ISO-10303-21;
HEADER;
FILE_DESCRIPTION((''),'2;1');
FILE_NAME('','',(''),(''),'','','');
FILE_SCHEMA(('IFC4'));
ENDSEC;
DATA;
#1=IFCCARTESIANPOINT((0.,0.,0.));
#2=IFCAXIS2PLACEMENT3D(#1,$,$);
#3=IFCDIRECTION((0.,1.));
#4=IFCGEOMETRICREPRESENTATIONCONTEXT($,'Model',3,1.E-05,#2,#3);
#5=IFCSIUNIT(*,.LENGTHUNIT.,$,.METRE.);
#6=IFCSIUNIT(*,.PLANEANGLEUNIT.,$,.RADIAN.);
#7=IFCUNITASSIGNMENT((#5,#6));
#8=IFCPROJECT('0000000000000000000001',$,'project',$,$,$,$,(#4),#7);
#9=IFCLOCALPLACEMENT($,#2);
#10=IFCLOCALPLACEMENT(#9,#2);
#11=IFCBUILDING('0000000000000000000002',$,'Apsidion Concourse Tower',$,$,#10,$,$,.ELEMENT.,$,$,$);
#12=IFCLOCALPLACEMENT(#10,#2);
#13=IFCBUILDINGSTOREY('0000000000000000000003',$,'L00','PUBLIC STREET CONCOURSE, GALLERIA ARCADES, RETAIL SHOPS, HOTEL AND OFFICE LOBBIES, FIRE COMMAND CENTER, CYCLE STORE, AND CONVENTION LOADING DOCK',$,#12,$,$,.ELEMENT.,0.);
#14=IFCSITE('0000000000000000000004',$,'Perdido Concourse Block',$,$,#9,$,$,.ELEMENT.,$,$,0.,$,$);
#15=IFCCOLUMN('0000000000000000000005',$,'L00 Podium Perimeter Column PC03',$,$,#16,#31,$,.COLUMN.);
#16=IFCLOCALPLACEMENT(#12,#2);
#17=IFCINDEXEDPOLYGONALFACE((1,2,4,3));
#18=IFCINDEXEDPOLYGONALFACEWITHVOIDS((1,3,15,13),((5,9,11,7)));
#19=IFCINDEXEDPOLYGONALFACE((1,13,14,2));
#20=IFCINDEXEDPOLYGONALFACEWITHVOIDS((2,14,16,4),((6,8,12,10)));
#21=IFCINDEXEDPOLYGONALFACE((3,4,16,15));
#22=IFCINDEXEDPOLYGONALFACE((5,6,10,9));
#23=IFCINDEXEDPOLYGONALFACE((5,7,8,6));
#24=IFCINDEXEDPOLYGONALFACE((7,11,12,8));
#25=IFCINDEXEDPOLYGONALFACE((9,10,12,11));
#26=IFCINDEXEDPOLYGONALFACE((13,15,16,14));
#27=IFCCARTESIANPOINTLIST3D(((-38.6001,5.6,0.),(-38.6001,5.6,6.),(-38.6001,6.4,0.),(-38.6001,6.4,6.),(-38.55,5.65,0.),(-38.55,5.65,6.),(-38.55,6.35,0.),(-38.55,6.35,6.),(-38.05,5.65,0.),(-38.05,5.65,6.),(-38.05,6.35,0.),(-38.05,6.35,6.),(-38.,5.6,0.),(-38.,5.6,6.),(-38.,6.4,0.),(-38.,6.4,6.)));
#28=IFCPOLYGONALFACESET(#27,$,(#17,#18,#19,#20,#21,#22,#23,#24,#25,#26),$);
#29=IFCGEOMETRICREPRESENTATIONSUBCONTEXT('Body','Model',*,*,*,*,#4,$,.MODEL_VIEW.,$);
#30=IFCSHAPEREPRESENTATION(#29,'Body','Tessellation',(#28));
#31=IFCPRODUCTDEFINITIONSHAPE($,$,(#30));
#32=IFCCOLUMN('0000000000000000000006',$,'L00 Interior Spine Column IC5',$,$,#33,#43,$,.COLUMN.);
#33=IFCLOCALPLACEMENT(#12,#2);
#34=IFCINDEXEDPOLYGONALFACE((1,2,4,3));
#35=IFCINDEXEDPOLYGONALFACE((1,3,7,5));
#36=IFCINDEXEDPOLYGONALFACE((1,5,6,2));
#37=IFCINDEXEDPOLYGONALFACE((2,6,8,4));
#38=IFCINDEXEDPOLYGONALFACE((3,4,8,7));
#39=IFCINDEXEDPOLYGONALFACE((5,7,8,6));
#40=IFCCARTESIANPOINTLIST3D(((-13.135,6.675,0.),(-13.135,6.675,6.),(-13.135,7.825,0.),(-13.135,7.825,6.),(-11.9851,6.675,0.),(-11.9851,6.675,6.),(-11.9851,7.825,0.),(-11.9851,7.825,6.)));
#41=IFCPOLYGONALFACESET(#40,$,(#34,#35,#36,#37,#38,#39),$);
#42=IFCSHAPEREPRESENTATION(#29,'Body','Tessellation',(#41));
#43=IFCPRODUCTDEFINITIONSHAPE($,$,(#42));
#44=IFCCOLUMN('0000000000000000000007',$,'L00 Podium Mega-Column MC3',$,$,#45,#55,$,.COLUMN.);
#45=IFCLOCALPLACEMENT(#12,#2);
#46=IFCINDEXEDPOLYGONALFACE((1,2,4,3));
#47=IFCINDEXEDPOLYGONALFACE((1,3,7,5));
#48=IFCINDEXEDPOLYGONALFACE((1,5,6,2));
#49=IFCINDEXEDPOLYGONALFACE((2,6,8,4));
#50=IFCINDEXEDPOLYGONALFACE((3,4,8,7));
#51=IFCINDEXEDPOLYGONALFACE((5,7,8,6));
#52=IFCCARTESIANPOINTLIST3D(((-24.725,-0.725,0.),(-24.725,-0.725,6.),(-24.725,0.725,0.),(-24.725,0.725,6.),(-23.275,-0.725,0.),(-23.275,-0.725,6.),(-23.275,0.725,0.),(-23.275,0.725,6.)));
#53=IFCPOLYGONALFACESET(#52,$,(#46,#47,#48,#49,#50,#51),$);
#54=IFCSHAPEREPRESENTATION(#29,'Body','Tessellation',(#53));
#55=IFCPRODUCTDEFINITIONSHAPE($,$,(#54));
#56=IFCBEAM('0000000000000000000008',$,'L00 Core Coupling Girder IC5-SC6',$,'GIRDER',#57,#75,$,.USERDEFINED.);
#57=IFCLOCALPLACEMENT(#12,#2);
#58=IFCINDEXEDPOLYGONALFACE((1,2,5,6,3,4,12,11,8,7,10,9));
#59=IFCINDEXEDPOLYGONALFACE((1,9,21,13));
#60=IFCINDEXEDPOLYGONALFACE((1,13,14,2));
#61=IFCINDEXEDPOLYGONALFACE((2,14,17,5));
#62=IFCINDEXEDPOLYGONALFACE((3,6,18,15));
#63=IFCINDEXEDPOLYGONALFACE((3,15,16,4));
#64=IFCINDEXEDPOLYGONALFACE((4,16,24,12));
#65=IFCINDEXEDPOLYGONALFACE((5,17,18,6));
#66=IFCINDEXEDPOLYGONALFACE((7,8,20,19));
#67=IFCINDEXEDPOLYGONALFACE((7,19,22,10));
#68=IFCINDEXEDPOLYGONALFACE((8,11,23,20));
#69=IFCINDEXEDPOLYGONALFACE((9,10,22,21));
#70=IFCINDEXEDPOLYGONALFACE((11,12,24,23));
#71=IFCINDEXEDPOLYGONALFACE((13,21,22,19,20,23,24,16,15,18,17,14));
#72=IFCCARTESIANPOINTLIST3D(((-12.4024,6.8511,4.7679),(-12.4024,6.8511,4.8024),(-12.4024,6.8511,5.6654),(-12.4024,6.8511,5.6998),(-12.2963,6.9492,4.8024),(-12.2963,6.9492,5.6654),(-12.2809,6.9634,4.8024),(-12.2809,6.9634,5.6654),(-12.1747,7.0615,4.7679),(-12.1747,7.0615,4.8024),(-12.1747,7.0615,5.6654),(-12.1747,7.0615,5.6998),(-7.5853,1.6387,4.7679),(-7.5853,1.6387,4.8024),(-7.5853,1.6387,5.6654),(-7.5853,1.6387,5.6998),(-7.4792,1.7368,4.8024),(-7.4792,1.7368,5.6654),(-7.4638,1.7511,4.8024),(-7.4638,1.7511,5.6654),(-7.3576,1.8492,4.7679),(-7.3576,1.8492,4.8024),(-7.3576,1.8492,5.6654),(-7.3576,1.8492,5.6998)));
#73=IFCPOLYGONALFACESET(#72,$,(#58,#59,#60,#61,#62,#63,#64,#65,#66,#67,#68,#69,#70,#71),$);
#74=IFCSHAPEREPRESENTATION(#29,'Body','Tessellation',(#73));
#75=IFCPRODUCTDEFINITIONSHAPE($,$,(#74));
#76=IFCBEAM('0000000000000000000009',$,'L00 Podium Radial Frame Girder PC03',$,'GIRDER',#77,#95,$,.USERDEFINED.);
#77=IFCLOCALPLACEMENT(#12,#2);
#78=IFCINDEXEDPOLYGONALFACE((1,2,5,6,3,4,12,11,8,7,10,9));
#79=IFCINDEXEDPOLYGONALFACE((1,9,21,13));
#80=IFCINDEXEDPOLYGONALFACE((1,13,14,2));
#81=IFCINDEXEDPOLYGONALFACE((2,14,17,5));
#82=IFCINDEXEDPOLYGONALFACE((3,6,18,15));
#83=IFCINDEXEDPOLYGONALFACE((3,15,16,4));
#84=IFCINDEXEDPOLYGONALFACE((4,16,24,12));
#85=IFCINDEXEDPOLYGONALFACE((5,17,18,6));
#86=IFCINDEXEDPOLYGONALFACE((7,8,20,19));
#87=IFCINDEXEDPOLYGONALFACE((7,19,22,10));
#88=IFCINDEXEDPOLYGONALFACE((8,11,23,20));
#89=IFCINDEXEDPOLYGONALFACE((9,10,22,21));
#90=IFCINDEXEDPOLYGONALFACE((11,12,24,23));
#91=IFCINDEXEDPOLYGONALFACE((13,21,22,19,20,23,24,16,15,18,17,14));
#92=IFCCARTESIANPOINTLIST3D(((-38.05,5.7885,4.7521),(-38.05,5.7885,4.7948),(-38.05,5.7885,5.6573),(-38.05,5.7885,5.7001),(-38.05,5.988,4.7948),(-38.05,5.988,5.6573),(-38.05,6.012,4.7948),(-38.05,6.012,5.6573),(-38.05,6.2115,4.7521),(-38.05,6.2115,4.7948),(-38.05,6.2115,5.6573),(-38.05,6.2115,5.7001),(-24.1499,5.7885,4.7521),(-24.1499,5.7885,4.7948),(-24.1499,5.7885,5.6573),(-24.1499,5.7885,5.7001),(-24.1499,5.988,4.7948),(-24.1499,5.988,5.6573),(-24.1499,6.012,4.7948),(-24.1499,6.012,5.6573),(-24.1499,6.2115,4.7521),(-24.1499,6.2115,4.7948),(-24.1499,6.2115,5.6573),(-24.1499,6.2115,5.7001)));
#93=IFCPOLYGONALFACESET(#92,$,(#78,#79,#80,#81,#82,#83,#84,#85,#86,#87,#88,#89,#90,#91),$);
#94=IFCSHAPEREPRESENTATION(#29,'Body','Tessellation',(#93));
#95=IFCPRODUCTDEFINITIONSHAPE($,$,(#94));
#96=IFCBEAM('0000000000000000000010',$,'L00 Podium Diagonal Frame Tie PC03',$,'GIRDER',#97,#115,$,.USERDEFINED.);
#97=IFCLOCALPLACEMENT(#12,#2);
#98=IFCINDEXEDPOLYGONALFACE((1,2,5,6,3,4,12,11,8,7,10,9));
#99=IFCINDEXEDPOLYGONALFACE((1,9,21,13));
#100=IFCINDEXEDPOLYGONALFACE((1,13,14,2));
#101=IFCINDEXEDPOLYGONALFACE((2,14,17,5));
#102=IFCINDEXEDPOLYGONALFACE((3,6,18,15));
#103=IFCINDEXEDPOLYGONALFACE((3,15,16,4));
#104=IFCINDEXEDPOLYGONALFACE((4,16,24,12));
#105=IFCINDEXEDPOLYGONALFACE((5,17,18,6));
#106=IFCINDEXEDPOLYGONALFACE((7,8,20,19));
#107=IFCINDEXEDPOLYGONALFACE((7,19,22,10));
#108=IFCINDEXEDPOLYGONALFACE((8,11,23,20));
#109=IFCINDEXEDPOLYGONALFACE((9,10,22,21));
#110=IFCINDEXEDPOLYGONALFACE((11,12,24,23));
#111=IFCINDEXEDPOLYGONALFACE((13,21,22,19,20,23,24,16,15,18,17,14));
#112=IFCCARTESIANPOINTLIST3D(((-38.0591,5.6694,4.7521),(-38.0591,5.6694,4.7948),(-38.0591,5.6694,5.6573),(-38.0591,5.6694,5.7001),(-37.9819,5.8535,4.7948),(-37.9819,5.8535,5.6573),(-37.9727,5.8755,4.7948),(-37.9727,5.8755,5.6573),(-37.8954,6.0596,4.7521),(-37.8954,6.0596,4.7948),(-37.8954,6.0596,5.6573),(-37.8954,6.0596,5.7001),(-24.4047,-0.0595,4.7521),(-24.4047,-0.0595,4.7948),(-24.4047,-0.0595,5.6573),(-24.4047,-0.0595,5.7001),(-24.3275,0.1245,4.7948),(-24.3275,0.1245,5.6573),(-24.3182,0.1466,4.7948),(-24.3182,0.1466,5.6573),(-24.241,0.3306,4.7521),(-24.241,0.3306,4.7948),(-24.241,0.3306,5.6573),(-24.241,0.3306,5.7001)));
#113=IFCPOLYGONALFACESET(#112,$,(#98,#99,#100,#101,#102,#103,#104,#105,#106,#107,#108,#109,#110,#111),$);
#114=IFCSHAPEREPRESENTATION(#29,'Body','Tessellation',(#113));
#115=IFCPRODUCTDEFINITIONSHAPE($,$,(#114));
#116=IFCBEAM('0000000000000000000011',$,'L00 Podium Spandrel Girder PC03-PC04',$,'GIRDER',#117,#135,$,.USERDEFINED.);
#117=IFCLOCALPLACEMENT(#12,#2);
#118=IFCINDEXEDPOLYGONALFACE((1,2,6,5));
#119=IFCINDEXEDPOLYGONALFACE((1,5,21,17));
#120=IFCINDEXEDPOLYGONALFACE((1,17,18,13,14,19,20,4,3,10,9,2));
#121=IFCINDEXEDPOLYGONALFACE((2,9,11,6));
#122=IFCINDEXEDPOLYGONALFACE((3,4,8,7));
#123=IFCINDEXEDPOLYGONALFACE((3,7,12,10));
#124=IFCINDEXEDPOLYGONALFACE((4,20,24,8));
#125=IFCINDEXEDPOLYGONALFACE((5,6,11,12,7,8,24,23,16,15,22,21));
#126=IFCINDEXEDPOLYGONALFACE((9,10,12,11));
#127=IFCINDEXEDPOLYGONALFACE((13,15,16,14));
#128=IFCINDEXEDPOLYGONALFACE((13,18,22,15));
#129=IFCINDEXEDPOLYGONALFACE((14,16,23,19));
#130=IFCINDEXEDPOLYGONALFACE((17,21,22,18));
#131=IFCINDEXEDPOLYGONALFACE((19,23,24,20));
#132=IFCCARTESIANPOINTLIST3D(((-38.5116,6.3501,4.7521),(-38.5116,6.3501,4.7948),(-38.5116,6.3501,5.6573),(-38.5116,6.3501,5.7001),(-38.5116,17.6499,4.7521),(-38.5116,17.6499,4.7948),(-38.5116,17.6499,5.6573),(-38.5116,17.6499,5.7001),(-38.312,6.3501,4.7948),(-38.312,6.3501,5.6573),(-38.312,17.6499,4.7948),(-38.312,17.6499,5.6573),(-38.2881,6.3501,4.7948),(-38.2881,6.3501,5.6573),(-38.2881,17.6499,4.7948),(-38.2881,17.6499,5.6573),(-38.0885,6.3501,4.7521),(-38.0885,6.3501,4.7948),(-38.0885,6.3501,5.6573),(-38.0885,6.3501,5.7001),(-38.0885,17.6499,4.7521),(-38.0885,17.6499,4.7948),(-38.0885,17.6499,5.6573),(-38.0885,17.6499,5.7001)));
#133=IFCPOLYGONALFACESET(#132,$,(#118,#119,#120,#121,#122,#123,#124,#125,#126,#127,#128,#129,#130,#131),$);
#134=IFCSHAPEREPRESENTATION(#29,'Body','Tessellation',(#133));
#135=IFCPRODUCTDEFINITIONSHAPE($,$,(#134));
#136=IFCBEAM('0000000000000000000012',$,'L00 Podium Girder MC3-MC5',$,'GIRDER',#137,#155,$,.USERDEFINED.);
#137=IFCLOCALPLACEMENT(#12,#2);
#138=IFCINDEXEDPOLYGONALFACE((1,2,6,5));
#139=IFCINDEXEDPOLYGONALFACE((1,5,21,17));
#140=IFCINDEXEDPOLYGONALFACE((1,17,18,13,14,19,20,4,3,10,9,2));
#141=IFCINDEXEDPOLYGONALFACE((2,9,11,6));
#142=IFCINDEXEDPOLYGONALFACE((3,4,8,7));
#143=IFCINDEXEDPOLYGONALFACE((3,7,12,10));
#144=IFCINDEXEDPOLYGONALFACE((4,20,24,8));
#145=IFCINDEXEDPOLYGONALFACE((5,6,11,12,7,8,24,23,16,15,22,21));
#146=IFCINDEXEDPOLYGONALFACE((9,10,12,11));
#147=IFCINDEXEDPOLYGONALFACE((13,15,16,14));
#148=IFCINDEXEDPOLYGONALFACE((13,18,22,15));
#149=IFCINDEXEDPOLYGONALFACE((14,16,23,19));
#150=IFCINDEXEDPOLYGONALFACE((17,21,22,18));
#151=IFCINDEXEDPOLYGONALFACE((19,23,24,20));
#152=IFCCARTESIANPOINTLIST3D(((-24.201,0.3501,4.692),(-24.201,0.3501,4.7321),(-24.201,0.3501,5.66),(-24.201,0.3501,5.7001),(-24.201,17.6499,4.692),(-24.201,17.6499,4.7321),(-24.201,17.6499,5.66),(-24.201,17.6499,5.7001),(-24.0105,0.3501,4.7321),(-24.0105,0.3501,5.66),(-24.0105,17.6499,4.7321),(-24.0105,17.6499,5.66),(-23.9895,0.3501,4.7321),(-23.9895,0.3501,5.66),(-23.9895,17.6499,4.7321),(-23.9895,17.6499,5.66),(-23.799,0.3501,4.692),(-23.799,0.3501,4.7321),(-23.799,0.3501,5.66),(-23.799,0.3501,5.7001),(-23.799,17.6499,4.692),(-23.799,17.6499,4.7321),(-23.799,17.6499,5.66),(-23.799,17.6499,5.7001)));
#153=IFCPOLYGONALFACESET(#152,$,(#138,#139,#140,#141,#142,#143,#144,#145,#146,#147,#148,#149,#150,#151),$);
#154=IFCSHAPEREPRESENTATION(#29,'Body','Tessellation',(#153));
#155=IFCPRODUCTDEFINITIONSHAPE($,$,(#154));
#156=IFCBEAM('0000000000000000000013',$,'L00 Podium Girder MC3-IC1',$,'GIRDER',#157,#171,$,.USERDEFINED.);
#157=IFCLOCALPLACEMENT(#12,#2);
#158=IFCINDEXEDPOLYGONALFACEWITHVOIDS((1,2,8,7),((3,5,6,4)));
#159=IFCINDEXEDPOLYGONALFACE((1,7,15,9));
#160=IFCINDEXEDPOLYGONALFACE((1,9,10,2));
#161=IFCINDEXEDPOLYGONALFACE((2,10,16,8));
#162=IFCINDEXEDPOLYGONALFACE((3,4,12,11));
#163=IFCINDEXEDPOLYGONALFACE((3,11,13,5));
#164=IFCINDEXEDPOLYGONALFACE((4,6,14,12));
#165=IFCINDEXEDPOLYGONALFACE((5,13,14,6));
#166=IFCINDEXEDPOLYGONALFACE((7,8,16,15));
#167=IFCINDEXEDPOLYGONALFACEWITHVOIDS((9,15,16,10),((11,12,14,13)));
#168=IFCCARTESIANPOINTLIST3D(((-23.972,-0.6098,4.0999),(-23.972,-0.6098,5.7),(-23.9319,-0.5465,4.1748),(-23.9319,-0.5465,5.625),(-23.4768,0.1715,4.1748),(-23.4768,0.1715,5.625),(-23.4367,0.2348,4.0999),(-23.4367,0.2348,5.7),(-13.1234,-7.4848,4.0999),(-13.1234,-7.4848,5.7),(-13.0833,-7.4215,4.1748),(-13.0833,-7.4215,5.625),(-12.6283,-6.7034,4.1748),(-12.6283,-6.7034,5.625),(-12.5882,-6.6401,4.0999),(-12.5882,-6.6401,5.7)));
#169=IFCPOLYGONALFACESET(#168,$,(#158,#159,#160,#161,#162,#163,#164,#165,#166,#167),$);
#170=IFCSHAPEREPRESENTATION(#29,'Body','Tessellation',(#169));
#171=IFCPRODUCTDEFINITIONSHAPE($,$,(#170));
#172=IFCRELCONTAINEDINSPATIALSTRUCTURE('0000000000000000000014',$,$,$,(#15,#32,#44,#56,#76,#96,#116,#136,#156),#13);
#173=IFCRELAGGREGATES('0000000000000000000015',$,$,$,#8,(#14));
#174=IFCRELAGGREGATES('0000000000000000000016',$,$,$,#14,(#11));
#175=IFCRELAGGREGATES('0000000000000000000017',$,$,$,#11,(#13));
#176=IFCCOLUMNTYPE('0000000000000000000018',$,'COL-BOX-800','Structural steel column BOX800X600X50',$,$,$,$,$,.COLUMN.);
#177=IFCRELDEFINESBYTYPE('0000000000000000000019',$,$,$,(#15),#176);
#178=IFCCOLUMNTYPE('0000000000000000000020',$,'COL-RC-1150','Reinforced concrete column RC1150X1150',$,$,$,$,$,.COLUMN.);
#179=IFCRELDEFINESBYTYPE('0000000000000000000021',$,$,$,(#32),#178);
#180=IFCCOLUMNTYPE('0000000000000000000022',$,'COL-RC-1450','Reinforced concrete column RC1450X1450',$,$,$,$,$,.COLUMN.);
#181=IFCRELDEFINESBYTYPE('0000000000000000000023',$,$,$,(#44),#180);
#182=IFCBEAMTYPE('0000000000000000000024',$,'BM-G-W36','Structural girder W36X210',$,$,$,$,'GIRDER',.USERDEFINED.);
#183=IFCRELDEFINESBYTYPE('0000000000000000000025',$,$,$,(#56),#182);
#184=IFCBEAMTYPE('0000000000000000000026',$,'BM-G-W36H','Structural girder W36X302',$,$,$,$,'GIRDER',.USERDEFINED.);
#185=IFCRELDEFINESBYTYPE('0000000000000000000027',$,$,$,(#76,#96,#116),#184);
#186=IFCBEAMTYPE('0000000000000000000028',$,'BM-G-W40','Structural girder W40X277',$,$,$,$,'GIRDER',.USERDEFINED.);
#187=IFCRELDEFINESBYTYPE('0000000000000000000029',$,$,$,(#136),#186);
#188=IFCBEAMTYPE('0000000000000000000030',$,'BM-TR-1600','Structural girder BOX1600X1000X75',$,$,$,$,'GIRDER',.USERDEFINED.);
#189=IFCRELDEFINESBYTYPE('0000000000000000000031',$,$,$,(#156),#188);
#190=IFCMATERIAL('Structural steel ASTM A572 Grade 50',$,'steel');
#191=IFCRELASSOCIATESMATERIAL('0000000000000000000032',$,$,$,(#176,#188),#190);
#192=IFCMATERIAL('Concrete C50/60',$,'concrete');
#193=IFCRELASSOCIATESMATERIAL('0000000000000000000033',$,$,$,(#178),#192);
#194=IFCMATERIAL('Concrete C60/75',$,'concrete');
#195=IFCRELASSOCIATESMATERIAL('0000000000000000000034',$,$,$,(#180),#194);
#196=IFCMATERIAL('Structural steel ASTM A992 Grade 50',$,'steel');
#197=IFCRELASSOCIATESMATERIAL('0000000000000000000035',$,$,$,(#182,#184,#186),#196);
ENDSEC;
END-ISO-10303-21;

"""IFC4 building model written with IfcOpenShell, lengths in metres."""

from ifc_helpers import new_model, si_unit, direction, frame, origin, origin_2d, place, context, subcontext, project, spatial, rectangle, hollow_rectangle, i_section, extrude, material, material_profile, profile_set, type_object, element, save


model = new_model("IFC4")

# Units and contexts
model_context = context("Model", 3, precision=1e-05, world=origin(), true_north=direction((0.0, 1.0)))
body_context = subcontext(model_context, "Body", "Model", "MODEL_VIEW")
ifc_project = project(units=[si_unit("LENGTHUNIT", "METRE"), si_unit("PLANEANGLEUNIT", "RADIAN")], contexts=[model_context])

# Site, building, storey
site_placement = place(None, origin())
site = spatial("IfcSite", under=ifc_project, at=site_placement, Name="Perdido Concourse Block", CompositionType="ELEMENT", RefElevation=0.0)
building_placement = place(site_placement, origin())
building = spatial("IfcBuilding", under=site, at=building_placement, Name="Apsidion Concourse Tower", CompositionType="ELEMENT")
storey_placement = place(building_placement, origin())
storey = spatial("IfcBuildingStorey", under=building, at=storey_placement, Name="L00", Description="PUBLIC STREET CONCOURSE, GALLERIA ARCADES, RETAIL SHOPS, HOTEL AND OFFICE LOBBIES, FIRE COMMAND CENTER, CYCLE STORE, AND CONVENTION LOADING DOCK", CompositionType="ELEMENT", Elevation=0.0)

# Columns
ifc_material_1 = material(Name="Structural steel ASTM A572 Grade 50", Category="steel")
ifc_material_profile_1 = material_profile(ifc_material_1, hollow_rectangle(XDim=0.6001, YDim=0.8, WallThickness=0.05, at=origin_2d()), Name="BOX800X600X50")
ifc_profile_set_1 = profile_set([ifc_material_profile_1], Name="Structural steel ASTM A572 Grade 50")
column_type_1 = type_object("IfcColumnType", Name="COL-BOX-800", Description="Structural steel column BOX800X600X50", PredefinedType="COLUMN", material=ifc_profile_set_1)
column_1_placement = place(storey_placement, frame((-38.3, 6.0, 0.0), z_axis=(0.0, 0.0, 1.0), x_axis=(1.0, 0.0, 0.0)))
element("IfcColumn", 1, at=column_1_placement, inside=storey, type_object=column_type_1, Name="L00 Podium Perimeter Column PC03", PredefinedType="COLUMN", context=body_context, shape_type="SweptSolid", body=[
    extrude(hollow_rectangle(XDim=0.6001, YDim=0.8, WallThickness=0.05, at=origin_2d()), origin(), (0.0, 0.0, 1.0), 6.0),
])
ifc_material_2 = material(Name="Concrete C50/60", Category="concrete")
ifc_material_profile_2 = material_profile(ifc_material_2, rectangle(XDim=1.1499, YDim=1.1499, at=origin_2d()), Name="RC 1150x1150")
ifc_profile_set_2 = profile_set([ifc_material_profile_2], Name="Concrete C50/60")
column_type_2 = type_object("IfcColumnType", Name="COL-RC-1150", Description="Reinforced concrete column RC1150X1150", PredefinedType="COLUMN", material=ifc_profile_set_2)
column_2_placement = place(storey_placement, frame((-12.5601, 7.25, 0.0), z_axis=(0.0, 0.0, 1.0), x_axis=(1.0, 0.0, 0.0)))
element("IfcColumn", 2, at=column_2_placement, inside=storey, type_object=column_type_2, Name="L00 Interior Spine Column IC5", PredefinedType="COLUMN", context=body_context, shape_type="SweptSolid", body=[
    extrude(rectangle(XDim=1.1499, YDim=1.1499, at=origin_2d()), origin(), (0.0, 0.0, 1.0), 6.0),
])
ifc_material_3 = material(Name="Concrete C60/75", Category="concrete")
ifc_material_profile_3 = material_profile(ifc_material_3, rectangle(XDim=1.45, YDim=1.45, at=origin_2d()), Name="RC 1450x1450")
ifc_profile_set_3 = profile_set([ifc_material_profile_3], Name="Concrete C60/75")
column_type_3 = type_object("IfcColumnType", Name="COL-RC-1450", Description="Reinforced concrete column RC1450X1450", PredefinedType="COLUMN", material=ifc_profile_set_3)
column_3_placement = place(storey_placement, frame((-24.0, 0.0, 0.0), z_axis=(0.0, 0.0, 1.0), x_axis=(1.0, 0.0, 0.0)))
element("IfcColumn", 3, at=column_3_placement, inside=storey, type_object=column_type_3, Name="L00 Podium Mega-Column MC3", PredefinedType="COLUMN", context=body_context, shape_type="SweptSolid", body=[
    extrude(rectangle(XDim=1.45, YDim=1.45, at=origin_2d()), origin(), (0.0, 0.0, 1.0), 6.0),
])

# Beams
ifc_material_4 = material(Name="Structural steel ASTM A992 Grade 50", Category="steel")
ifc_material_profile_4 = material_profile(ifc_material_4, i_section(OverallWidth=0.3101, OverallDepth=0.9319, WebThickness=0.021, FlangeThickness=0.0344, at=origin_2d()), Name="W36X210")
ifc_profile_set_4 = profile_set([ifc_material_profile_4], Name="Structural steel ASTM A992 Grade 50")
beam_type_1 = type_object("IfcBeamType", Name="BM-G-W36", Description="Structural girder W36X210", ElementType="GIRDER", PredefinedType="USERDEFINED", material=ifc_profile_set_4)
beam_1_placement = place(storey_placement, frame((-12.2886, 6.9563, 5.2339), z_axis=(0.678713, -0.734404, 0.0), x_axis=(0.734404, 0.678713, 0.0)))
element("IfcBeam", 4, at=beam_1_placement, inside=storey, type_object=beam_type_1, Name="L00 Core Coupling Girder IC5-SC6", ObjectType="GIRDER", PredefinedType="USERDEFINED", context=body_context, shape_type="SweptSolid", body=[
    extrude(i_section(OverallWidth=0.3101, OverallDepth=0.9319, WebThickness=0.021, FlangeThickness=0.0344, at=origin_2d()), origin(), (0.0, 0.0, 1.0), 7.0974),
])
ifc_material_profile_5 = material_profile(ifc_material_4, i_section(OverallWidth=0.4231, OverallDepth=0.948, WebThickness=0.0239, FlangeThickness=0.0427, at=origin_2d()), Name="W36X302")
ifc_profile_set_5 = profile_set([ifc_material_profile_5], Name="Structural steel ASTM A992 Grade 50")
beam_type_2 = type_object("IfcBeamType", Name="BM-G-W36H", Description="Structural girder W36X302", ElementType="GIRDER", PredefinedType="USERDEFINED", material=ifc_profile_set_5)
beam_2_placement = place(storey_placement, frame((-38.05, 6.0, 5.2261), z_axis=(1.0, 0.0, 0.0), x_axis=(0.0, 1.0, 0.0)))
element("IfcBeam", 5, at=beam_2_placement, inside=storey, type_object=beam_type_2, Name="L00 Podium Radial Frame Girder PC03", ObjectType="GIRDER", PredefinedType="USERDEFINED", context=body_context, shape_type="SweptSolid", body=[
    extrude(i_section(OverallWidth=0.4231, OverallDepth=0.948, WebThickness=0.0239, FlangeThickness=0.0427, at=origin_2d()), origin(), (0.0, 0.0, 1.0), 13.9001),
])
beam_3_placement = place(storey_placement, frame((-37.9773, 5.8645, 5.2261), z_axis=(0.922124, -0.386894, 0.0), x_axis=(0.386894, 0.922124, 0.0)))
element("IfcBeam", 6, at=beam_3_placement, inside=storey, type_object=beam_type_2, Name="L00 Podium Diagonal Frame Tie PC03", ObjectType="GIRDER", PredefinedType="USERDEFINED", context=body_context, shape_type="SweptSolid", body=[
    extrude(i_section(OverallWidth=0.4231, OverallDepth=0.948, WebThickness=0.0239, FlangeThickness=0.0427, at=origin_2d()), origin(), (0.0, 0.0, 1.0), 14.8076),
])
beam_4_placement = place(storey_placement, frame((-38.3, 6.3501, 5.2261), z_axis=(0.0, 1.0, 0.0), x_axis=(-1.0, 0.0, 0.0)))
element("IfcBeam", 7, at=beam_4_placement, inside=storey, type_object=beam_type_2, Name="L00 Podium Spandrel Girder PC03-PC04", ObjectType="GIRDER", PredefinedType="USERDEFINED", context=body_context, shape_type="SweptSolid", body=[
    extrude(i_section(OverallWidth=0.4231, OverallDepth=0.948, WebThickness=0.0239, FlangeThickness=0.0427, at=origin_2d()), origin(), (0.0, 0.0, 1.0), 11.2998),
])
ifc_material_profile_6 = material_profile(ifc_material_4, i_section(OverallWidth=0.4021, OverallDepth=1.0081, WebThickness=0.021, FlangeThickness=0.04, at=origin_2d()), Name="W40X277")
ifc_profile_set_6 = profile_set([ifc_material_profile_6], Name="Structural steel ASTM A992 Grade 50")
beam_type_3 = type_object("IfcBeamType", Name="BM-G-W40", Description="Structural girder W40X277", ElementType="GIRDER", PredefinedType="USERDEFINED", material=ifc_profile_set_6)
beam_5_placement = place(storey_placement, frame((-24.0, 0.3501, 5.196), z_axis=(0.0, 1.0, 0.0), x_axis=(-1.0, 0.0, 0.0)))
element("IfcBeam", 8, at=beam_5_placement, inside=storey, type_object=beam_type_3, Name="L00 Podium Girder MC3-MC5", ObjectType="GIRDER", PredefinedType="USERDEFINED", context=body_context, shape_type="SweptSolid", body=[
    extrude(i_section(OverallWidth=0.4021, OverallDepth=1.0081, WebThickness=0.021, FlangeThickness=0.04, at=origin_2d()), origin(), (0.0, 0.0, 1.0), 17.2998),
])
ifc_material_profile_7 = material_profile(ifc_material_1, hollow_rectangle(XDim=1.0, YDim=1.6001, WallThickness=0.075, at=origin_2d()), Name="BOX1600X1000X75")
ifc_profile_set_7 = profile_set([ifc_material_profile_7], Name="Structural steel ASTM A572 Grade 50")
beam_type_4 = type_object("IfcBeamType", Name="BM-TR-1600", Description="Structural girder BOX1600X1000X75", ElementType="GIRDER", PredefinedType="USERDEFINED", material=ifc_profile_set_7)
for number, where, z_axis, x_axis, name in (
    (9, (-23.7043, -0.1875, 4.8999), (0.844671, -0.535285, 0.0), (0.535285, 0.844671, 0.0), "L00 Podium Girder MC3-IC1"),
):
    element("IfcBeam", number, at=place(storey_placement, frame(where, z_axis=z_axis, x_axis=x_axis)), inside=storey, type_object=beam_type_4, Name=name, ObjectType="GIRDER", PredefinedType="USERDEFINED", context=body_context, shape_type="SweptSolid", body=[
        extrude(hollow_rectangle(XDim=1.0, YDim=1.6001, WallThickness=0.075, at=origin_2d()), origin(), (0.0, 0.0, 1.0), 12.8435),
    ])

save(model, "model.ifc")
